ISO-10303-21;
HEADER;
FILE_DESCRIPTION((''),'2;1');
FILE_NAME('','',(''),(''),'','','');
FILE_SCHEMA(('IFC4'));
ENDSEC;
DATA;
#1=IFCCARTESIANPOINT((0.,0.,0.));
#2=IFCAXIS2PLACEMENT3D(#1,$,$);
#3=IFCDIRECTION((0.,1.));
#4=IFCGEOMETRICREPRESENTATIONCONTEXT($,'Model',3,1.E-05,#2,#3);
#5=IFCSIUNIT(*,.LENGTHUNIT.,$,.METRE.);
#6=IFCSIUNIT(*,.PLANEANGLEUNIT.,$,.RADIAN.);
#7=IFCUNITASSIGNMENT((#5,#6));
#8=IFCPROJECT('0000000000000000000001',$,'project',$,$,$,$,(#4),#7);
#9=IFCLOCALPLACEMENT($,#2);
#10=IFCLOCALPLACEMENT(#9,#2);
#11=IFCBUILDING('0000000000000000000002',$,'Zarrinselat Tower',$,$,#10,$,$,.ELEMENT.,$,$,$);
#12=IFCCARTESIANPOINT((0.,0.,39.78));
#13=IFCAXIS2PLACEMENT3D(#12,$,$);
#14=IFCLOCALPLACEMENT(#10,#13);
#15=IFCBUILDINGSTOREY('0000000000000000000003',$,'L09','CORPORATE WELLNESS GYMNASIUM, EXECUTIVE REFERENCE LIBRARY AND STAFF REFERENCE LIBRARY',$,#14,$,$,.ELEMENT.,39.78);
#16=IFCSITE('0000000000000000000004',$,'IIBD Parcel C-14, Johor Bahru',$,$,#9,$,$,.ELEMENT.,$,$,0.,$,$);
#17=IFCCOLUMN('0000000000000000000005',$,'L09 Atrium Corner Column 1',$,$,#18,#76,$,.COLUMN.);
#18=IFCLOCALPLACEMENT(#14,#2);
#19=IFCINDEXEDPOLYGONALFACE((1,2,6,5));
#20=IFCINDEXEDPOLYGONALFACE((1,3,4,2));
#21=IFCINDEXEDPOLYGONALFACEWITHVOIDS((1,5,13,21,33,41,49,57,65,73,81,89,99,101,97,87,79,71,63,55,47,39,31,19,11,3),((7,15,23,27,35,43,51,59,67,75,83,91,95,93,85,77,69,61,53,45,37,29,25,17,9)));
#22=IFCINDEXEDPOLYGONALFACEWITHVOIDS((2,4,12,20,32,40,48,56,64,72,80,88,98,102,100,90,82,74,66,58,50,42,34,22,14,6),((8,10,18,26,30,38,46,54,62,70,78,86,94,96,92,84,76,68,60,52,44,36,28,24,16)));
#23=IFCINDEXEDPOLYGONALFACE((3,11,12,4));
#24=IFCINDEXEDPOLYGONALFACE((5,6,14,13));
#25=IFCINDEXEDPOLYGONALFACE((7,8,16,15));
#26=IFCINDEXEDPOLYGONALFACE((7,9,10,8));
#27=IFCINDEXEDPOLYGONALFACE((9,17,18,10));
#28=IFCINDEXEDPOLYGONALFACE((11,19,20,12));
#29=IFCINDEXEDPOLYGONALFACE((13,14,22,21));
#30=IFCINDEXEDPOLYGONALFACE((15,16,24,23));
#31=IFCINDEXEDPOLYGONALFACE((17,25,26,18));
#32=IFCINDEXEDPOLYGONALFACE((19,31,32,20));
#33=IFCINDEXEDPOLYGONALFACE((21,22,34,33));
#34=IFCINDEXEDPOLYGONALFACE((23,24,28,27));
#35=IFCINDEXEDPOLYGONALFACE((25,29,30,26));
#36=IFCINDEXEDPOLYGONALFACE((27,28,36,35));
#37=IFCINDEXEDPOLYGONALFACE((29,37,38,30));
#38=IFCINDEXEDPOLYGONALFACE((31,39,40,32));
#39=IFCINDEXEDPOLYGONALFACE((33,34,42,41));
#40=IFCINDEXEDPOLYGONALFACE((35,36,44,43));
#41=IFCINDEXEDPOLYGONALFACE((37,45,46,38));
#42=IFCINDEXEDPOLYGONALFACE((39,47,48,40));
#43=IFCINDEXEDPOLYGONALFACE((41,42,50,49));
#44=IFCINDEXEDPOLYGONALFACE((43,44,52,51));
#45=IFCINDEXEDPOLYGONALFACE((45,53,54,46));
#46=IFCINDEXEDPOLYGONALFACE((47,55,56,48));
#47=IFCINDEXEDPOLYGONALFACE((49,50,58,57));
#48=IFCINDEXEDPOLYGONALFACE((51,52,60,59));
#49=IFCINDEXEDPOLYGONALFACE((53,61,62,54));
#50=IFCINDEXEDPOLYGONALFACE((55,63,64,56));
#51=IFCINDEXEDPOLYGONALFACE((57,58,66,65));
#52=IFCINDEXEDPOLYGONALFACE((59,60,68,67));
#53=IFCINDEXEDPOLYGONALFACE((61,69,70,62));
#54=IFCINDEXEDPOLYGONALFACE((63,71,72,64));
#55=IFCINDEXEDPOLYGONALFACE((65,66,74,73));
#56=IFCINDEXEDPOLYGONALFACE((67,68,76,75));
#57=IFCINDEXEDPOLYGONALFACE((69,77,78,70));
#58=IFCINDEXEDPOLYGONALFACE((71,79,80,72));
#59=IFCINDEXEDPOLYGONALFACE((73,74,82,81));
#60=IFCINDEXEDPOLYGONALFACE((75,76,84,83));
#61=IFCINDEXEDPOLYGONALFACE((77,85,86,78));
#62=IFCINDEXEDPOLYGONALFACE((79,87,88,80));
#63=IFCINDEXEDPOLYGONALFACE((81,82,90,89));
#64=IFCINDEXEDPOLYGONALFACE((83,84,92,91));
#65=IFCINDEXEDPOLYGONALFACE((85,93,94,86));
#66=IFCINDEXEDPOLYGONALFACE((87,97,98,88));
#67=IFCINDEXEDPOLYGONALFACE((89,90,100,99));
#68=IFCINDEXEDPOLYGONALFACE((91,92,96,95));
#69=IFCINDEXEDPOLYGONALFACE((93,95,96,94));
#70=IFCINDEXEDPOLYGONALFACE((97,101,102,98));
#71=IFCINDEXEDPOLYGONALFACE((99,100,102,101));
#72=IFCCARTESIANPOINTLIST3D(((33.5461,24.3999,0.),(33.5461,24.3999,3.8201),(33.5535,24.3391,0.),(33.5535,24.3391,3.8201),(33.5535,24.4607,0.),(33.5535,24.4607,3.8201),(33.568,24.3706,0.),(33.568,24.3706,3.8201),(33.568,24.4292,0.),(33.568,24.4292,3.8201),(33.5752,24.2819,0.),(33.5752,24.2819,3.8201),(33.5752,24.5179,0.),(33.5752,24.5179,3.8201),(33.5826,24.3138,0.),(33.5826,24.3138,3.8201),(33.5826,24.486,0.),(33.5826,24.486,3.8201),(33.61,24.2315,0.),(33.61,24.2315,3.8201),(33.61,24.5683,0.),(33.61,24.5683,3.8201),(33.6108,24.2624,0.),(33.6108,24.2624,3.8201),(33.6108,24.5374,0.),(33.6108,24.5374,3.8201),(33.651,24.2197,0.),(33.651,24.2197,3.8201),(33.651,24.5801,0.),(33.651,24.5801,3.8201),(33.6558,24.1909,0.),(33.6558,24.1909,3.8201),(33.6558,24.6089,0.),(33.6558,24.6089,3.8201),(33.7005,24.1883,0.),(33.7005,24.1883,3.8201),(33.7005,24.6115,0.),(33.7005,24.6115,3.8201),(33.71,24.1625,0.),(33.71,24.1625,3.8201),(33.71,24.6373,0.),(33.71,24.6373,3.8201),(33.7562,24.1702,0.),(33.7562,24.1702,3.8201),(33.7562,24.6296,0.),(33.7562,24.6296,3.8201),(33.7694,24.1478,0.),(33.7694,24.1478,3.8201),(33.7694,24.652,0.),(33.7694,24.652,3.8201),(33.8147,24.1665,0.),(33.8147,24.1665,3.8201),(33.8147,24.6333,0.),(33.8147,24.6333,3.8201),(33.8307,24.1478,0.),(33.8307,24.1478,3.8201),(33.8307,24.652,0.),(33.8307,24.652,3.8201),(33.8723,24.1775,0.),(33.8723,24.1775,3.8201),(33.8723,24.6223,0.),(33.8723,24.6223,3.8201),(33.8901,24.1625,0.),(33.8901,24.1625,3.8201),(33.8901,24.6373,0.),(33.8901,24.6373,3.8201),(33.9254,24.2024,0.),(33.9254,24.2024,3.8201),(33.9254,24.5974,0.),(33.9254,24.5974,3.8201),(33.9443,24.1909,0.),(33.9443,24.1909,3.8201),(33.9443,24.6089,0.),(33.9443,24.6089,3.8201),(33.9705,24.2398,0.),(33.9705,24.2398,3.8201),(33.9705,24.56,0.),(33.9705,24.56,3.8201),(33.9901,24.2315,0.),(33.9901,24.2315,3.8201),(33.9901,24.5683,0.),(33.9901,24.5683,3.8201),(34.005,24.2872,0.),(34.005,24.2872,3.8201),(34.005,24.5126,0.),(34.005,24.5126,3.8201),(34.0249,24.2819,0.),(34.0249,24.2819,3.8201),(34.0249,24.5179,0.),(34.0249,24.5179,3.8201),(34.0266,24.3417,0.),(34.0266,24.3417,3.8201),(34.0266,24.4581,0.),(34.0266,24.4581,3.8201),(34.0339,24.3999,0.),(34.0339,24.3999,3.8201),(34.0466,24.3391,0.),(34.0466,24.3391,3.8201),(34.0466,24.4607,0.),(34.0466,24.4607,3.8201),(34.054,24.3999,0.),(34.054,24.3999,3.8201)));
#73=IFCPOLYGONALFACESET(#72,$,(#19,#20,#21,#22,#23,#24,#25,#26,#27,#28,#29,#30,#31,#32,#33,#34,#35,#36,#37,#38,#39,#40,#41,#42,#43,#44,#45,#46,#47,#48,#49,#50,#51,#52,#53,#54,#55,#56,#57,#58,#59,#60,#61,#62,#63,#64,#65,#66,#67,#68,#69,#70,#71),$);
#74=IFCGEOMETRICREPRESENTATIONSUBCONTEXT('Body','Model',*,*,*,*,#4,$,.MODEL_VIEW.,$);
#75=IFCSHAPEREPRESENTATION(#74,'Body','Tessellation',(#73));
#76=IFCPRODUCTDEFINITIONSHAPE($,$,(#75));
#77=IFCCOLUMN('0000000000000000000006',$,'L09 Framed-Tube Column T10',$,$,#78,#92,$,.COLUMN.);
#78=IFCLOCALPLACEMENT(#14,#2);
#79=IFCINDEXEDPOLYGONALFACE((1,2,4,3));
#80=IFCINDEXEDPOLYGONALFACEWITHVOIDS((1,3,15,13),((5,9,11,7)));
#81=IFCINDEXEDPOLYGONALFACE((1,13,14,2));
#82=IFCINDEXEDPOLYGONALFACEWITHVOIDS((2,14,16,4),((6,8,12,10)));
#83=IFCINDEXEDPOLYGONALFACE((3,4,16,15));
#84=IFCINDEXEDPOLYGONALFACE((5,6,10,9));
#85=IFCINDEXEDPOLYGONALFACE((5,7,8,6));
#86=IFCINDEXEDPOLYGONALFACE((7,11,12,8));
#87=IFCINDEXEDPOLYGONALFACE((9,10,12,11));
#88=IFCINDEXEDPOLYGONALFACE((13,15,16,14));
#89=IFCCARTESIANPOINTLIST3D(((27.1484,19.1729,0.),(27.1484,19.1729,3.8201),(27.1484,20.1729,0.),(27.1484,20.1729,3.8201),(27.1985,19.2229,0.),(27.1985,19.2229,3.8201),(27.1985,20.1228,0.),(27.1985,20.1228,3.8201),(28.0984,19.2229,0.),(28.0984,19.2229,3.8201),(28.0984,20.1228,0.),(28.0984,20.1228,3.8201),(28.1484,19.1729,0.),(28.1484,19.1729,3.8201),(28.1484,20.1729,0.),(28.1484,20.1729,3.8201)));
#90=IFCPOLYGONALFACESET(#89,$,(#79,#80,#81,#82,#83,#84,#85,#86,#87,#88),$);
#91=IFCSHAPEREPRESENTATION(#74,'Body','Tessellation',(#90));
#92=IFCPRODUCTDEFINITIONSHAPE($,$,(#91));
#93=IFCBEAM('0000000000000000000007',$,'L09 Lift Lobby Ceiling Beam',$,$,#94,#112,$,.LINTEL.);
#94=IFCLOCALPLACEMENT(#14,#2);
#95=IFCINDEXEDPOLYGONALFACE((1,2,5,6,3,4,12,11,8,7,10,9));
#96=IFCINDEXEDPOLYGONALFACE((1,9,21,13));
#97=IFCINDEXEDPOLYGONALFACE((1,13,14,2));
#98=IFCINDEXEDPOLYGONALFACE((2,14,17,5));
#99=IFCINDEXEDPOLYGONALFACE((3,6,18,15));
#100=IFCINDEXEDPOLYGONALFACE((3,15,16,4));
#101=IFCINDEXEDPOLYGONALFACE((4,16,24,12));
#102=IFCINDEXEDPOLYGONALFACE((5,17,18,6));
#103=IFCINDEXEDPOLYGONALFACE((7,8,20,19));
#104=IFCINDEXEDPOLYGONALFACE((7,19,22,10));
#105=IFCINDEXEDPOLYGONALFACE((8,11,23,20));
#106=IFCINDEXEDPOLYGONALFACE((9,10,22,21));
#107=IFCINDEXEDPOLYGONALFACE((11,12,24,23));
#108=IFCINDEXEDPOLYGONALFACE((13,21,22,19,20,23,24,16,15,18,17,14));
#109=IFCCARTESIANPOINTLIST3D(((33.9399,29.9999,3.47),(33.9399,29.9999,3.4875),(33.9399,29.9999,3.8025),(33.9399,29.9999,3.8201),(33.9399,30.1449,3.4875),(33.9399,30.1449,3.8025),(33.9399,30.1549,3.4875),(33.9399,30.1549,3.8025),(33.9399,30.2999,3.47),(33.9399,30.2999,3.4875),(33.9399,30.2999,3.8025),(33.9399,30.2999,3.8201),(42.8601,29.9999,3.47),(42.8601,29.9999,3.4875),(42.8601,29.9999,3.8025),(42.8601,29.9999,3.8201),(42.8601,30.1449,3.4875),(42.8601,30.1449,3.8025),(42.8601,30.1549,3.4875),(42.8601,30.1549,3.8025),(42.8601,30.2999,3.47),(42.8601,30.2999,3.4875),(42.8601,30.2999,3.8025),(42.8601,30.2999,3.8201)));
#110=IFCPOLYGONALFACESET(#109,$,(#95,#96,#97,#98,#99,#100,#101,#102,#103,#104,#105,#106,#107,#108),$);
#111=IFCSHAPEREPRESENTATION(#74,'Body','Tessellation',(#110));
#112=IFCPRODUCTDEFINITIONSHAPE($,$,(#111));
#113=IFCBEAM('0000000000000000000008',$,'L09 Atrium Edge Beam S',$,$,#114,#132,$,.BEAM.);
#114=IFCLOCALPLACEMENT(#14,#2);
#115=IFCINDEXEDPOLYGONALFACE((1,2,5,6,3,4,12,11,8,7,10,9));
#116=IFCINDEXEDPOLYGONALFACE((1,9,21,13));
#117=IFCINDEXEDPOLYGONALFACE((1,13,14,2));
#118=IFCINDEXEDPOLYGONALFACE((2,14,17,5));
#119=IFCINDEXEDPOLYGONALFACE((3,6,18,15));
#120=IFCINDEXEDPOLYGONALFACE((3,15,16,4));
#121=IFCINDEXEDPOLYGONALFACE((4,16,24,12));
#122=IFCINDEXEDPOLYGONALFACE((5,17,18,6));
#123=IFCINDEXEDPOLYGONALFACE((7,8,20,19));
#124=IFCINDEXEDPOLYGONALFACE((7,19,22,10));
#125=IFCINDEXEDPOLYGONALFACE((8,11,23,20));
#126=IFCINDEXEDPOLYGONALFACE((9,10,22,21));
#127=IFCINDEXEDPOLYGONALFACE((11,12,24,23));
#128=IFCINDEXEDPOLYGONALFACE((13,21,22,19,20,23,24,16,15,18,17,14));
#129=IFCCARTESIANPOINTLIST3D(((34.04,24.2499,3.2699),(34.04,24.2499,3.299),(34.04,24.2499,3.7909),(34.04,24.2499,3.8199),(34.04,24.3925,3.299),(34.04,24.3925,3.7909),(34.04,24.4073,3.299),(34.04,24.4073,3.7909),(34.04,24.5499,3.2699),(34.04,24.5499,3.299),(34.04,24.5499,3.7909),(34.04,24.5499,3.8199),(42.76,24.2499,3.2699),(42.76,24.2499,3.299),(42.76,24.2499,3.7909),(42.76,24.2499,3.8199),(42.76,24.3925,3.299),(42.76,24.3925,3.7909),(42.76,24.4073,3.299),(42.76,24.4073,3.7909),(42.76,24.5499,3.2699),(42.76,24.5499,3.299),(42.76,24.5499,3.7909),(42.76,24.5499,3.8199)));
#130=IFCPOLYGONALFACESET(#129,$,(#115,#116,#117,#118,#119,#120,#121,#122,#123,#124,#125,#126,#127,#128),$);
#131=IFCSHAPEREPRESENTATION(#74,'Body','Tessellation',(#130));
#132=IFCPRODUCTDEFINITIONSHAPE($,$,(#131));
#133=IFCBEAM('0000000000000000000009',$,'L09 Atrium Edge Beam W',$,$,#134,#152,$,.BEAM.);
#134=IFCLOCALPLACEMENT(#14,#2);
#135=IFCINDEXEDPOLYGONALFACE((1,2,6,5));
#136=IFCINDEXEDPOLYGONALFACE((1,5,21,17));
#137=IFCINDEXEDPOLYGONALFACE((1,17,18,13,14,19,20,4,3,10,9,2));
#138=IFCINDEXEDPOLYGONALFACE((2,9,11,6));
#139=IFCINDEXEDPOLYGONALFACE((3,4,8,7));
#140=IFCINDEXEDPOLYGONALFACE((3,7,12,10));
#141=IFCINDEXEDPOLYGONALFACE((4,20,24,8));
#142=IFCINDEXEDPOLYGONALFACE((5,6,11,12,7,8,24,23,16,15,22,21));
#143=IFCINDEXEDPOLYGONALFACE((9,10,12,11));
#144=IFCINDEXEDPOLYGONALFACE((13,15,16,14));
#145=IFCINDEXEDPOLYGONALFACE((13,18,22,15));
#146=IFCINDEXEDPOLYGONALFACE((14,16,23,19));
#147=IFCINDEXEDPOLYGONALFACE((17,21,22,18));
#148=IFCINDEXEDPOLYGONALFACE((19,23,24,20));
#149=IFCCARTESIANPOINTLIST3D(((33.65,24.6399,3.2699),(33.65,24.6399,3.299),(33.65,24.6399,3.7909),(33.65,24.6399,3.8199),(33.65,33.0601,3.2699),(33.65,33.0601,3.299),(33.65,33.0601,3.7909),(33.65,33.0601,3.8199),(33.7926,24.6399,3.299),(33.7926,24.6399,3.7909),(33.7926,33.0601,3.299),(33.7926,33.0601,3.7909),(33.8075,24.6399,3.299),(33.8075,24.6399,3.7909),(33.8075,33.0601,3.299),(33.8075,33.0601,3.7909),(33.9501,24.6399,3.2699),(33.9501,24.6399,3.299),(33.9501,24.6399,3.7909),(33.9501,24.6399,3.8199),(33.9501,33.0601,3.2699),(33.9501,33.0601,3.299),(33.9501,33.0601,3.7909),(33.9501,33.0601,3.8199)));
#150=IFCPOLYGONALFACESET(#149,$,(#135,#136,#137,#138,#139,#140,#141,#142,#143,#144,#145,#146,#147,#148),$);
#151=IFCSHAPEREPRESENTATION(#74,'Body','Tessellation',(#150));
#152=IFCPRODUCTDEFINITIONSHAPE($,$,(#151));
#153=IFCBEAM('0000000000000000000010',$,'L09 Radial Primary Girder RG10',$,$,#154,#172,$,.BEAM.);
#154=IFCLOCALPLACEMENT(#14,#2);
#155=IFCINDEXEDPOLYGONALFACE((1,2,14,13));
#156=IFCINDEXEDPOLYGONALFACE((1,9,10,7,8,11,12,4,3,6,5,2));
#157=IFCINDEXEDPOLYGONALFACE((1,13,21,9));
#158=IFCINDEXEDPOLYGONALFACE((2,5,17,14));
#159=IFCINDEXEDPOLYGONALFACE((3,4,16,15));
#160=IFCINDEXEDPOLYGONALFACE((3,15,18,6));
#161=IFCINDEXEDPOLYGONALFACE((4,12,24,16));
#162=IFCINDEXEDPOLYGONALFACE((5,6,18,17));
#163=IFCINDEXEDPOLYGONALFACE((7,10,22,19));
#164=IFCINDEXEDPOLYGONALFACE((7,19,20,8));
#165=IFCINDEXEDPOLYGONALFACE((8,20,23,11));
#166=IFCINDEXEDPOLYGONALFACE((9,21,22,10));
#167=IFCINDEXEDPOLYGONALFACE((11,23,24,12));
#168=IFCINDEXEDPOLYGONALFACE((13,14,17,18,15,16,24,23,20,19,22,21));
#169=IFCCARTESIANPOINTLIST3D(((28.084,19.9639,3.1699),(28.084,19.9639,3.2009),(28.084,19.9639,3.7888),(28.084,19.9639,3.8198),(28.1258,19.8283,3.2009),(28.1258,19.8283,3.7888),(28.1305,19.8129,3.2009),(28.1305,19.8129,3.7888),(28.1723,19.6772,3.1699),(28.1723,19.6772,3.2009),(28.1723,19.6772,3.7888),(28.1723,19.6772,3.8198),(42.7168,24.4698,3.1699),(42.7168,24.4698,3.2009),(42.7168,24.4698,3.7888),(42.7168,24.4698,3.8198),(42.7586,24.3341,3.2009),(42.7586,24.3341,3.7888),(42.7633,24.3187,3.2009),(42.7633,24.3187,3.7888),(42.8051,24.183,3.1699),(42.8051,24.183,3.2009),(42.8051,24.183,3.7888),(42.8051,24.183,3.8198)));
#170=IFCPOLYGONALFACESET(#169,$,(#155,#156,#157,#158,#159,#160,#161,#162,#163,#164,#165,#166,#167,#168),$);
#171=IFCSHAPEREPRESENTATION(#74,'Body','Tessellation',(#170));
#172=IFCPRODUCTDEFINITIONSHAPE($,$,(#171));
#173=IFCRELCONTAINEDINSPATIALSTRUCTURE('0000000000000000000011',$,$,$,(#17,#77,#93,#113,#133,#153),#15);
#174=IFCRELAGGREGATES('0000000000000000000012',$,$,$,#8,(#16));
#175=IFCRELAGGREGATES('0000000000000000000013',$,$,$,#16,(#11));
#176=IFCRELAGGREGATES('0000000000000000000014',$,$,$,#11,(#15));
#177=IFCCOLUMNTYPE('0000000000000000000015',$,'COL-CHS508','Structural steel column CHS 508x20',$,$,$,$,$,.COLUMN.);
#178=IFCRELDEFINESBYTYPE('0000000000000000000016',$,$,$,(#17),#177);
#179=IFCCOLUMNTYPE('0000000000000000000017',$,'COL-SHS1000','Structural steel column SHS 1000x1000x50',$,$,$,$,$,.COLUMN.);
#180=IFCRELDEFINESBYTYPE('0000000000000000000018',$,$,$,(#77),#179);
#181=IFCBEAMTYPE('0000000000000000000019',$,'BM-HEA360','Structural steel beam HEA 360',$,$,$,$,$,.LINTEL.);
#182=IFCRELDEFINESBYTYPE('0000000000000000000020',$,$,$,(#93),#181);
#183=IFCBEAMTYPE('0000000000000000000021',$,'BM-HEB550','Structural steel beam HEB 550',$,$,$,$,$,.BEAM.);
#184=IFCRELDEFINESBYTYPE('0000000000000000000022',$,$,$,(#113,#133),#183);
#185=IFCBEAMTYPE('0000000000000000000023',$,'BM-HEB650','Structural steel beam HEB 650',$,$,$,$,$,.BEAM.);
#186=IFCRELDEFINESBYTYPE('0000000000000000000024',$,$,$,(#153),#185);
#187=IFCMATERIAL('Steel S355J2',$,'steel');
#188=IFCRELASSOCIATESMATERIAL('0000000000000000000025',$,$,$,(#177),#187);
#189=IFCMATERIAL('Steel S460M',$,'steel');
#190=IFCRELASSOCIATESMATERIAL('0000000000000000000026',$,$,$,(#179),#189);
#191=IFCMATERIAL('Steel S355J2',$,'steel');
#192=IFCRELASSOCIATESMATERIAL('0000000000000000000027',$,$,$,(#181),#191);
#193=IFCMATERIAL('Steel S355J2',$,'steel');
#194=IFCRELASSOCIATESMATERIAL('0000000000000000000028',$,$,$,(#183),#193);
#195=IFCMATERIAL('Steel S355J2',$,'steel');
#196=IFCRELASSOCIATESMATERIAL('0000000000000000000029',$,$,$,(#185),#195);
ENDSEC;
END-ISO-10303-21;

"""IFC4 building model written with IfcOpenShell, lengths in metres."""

from ifc_helpers import new_model, si_unit, direction, frame, origin, origin_2d, place, context, subcontext, project, spatial, hollow_rectangle, hollow_circle, i_section, extrude, material, material_profile, profile_set, type_object, element, save


model = new_model("IFC4")

# Units and contexts
model_context = context("Model", 3, precision=1e-05, world=origin(), true_north=direction((0.0, 1.0)))
body_context = subcontext(model_context, "Body", "Model", "MODEL_VIEW")
ifc_project = project(units=[si_unit("LENGTHUNIT", "METRE"), si_unit("PLANEANGLEUNIT", "RADIAN")], contexts=[model_context])

# Site, building, storey
site_placement = place(None, origin())
site = spatial("IfcSite", under=ifc_project, at=site_placement, Name="IIBD Parcel C-14, Johor Bahru", CompositionType="ELEMENT", RefElevation=0.0)
building_placement = place(site_placement, origin())
building = spatial("IfcBuilding", under=site, at=building_placement, Name="Zarrinselat Tower", CompositionType="ELEMENT")
storey_placement = place(building_placement, frame((0.0, 0.0, 39.78)))
storey = spatial("IfcBuildingStorey", under=building, at=storey_placement, Name="L09", Description="CORPORATE WELLNESS GYMNASIUM, EXECUTIVE REFERENCE LIBRARY AND STAFF REFERENCE LIBRARY", CompositionType="ELEMENT", Elevation=39.78)

# Columns
ifc_material_1 = material(Name="Steel S355J2", Category="steel")
ifc_material_profile_1 = material_profile(ifc_material_1, hollow_circle(Radius=0.2539, WallThickness=0.02, at=origin_2d()), Name="CHS 508x20")
ifc_profile_set_1 = profile_set([ifc_material_profile_1], Name="Steel S355J2")
column_type_1 = type_object("IfcColumnType", Name="COL-CHS508", Description="Structural steel column CHS 508x20", PredefinedType="COLUMN", material=ifc_profile_set_1)
column_1_placement = place(storey_placement, frame((33.8, 24.3999, 0.0), z_axis=(0.0, 0.0, 1.0), x_axis=(1.0, 0.0, 0.0)))
element("IfcColumn", 1, at=column_1_placement, inside=storey, type_object=column_type_1, Name="L09 Atrium Corner Column 1", PredefinedType="COLUMN", context=body_context, shape_type="SweptSolid", body=[
    extrude(hollow_circle(Radius=0.2539, WallThickness=0.02, at=origin_2d()), origin(), (0.0, 0.0, 1.0), 3.8201),
])
ifc_material_2 = material(Name="Steel S460M", Category="steel")
ifc_material_profile_2 = material_profile(ifc_material_2, hollow_rectangle(XDim=1.0, YDim=1.0, WallThickness=0.05, at=origin_2d()), Name="SHS 1000x1000x50")
ifc_profile_set_2 = profile_set([ifc_material_profile_2], Name="Steel S460M")
column_type_2 = type_object("IfcColumnType", Name="COL-SHS1000", Description="Structural steel column SHS 1000x1000x50", PredefinedType="COLUMN", material=ifc_profile_set_2)
column_2_placement = place(storey_placement, frame((27.6484, 19.6729, 0.0), z_axis=(0.0, 0.0, 1.0), x_axis=(1.0, 0.0, 0.0)))
element("IfcColumn", 2, at=column_2_placement, inside=storey, type_object=column_type_2, Name="L09 Framed-Tube Column T10", PredefinedType="COLUMN", context=body_context, shape_type="SweptSolid", body=[
    extrude(hollow_rectangle(XDim=1.0, YDim=1.0, WallThickness=0.05, at=origin_2d()), origin(), (0.0, 0.0, 1.0), 3.8201),
])

# Beams
ifc_material_3 = material(Name="Steel S355J2", Category="steel")
ifc_material_profile_3 = material_profile(ifc_material_3, i_section(OverallWidth=0.3, OverallDepth=0.3501, WebThickness=0.01, FlangeThickness=0.0176, at=origin_2d()), Name="HEA 360")
ifc_profile_set_3 = profile_set([ifc_material_profile_3], Name="Steel S355J2")
beam_type_1 = type_object("IfcBeamType", Name="BM-HEA360", Description="Structural steel beam HEA 360", PredefinedType="LINTEL", material=ifc_profile_set_3)
beam_1_placement = place(storey_placement, frame((33.9399, 30.1499, 3.645), z_axis=(1.0, 0.0, 0.0), x_axis=(0.0, 1.0, 0.0)))
element("IfcBeam", 3, at=beam_1_placement, inside=storey, type_object=beam_type_1, Name="L09 Lift Lobby Ceiling Beam", PredefinedType="LINTEL", context=body_context, shape_type="SweptSolid", body=[
    extrude(i_section(OverallWidth=0.3, OverallDepth=0.3501, WebThickness=0.01, FlangeThickness=0.0176, at=origin_2d()), origin(), (0.0, 0.0, 1.0), 8.9202),
])
ifc_material_4 = material(Name="Steel S355J2", Category="steel")
ifc_material_profile_4 = material_profile(ifc_material_4, i_section(OverallWidth=0.3, OverallDepth=0.55, WebThickness=0.0149, FlangeThickness=0.0291, at=origin_2d()), Name="HEB 550")
ifc_profile_set_4 = profile_set([ifc_material_profile_4], Name="Steel S355J2")
beam_type_2 = type_object("IfcBeamType", Name="BM-HEB550", Description="Structural steel beam HEB 550", PredefinedType="BEAM", material=ifc_profile_set_4)
beam_2_placement = place(storey_placement, frame((34.04, 24.3999, 3.5449), z_axis=(1.0, 0.0, 0.0), x_axis=(0.0, 1.0, 0.0)))
element("IfcBeam", 4, at=beam_2_placement, inside=storey, type_object=beam_type_2, Name="L09 Atrium Edge Beam S", PredefinedType="BEAM", context=body_context, shape_type="SweptSolid", body=[
    extrude(i_section(OverallWidth=0.3, OverallDepth=0.55, WebThickness=0.0149, FlangeThickness=0.0291, at=origin_2d()), origin(), (0.0, 0.0, 1.0), 8.72),
])
beam_3_placement = place(storey_placement, frame((33.8, 24.6399, 3.5449), z_axis=(0.0, 1.0, 0.0), x_axis=(-1.0, 0.0, 0.0)))
element("IfcBeam", 5, at=beam_3_placement, inside=storey, type_object=beam_type_2, Name="L09 Atrium Edge Beam W", PredefinedType="BEAM", context=body_context, shape_type="SweptSolid", body=[
    extrude(i_section(OverallWidth=0.3, OverallDepth=0.55, WebThickness=0.0149, FlangeThickness=0.0291, at=origin_2d()), origin(), (0.0, 0.0, 1.0), 8.4202),
])
ifc_material_5 = material(Name="Steel S355J2", Category="steel")
ifc_material_profile_5 = material_profile(ifc_material_5, i_section(OverallWidth=0.3, OverallDepth=0.6499, WebThickness=0.0161, FlangeThickness=0.031, at=origin_2d()), Name="HEB 650")
ifc_profile_set_5 = profile_set([ifc_material_profile_5], Name="Steel S355J2")
beam_type_3 = type_object("IfcBeamType", Name="BM-HEB650", Description="Structural steel beam HEB 650", PredefinedType="BEAM", material=ifc_profile_set_5)
beam_4_placement = place(storey_placement, frame((28.1282, 19.8206, 3.4949), z_axis=(0.955716, 0.294292, 0.0), x_axis=(-0.294292, 0.955716, 0.0)))
element("IfcBeam", 6, at=beam_4_placement, inside=storey, type_object=beam_type_3, Name="L09 Radial Primary Girder RG10", PredefinedType="BEAM", context=body_context, shape_type="SweptSolid", body=[
    extrude(i_section(OverallWidth=0.3, OverallDepth=0.6499, WebThickness=0.0161, FlangeThickness=0.031, at=origin_2d()), origin(), (0.0, 0.0, 1.0), 15.3108),
])

save(model, "model.ifc")
